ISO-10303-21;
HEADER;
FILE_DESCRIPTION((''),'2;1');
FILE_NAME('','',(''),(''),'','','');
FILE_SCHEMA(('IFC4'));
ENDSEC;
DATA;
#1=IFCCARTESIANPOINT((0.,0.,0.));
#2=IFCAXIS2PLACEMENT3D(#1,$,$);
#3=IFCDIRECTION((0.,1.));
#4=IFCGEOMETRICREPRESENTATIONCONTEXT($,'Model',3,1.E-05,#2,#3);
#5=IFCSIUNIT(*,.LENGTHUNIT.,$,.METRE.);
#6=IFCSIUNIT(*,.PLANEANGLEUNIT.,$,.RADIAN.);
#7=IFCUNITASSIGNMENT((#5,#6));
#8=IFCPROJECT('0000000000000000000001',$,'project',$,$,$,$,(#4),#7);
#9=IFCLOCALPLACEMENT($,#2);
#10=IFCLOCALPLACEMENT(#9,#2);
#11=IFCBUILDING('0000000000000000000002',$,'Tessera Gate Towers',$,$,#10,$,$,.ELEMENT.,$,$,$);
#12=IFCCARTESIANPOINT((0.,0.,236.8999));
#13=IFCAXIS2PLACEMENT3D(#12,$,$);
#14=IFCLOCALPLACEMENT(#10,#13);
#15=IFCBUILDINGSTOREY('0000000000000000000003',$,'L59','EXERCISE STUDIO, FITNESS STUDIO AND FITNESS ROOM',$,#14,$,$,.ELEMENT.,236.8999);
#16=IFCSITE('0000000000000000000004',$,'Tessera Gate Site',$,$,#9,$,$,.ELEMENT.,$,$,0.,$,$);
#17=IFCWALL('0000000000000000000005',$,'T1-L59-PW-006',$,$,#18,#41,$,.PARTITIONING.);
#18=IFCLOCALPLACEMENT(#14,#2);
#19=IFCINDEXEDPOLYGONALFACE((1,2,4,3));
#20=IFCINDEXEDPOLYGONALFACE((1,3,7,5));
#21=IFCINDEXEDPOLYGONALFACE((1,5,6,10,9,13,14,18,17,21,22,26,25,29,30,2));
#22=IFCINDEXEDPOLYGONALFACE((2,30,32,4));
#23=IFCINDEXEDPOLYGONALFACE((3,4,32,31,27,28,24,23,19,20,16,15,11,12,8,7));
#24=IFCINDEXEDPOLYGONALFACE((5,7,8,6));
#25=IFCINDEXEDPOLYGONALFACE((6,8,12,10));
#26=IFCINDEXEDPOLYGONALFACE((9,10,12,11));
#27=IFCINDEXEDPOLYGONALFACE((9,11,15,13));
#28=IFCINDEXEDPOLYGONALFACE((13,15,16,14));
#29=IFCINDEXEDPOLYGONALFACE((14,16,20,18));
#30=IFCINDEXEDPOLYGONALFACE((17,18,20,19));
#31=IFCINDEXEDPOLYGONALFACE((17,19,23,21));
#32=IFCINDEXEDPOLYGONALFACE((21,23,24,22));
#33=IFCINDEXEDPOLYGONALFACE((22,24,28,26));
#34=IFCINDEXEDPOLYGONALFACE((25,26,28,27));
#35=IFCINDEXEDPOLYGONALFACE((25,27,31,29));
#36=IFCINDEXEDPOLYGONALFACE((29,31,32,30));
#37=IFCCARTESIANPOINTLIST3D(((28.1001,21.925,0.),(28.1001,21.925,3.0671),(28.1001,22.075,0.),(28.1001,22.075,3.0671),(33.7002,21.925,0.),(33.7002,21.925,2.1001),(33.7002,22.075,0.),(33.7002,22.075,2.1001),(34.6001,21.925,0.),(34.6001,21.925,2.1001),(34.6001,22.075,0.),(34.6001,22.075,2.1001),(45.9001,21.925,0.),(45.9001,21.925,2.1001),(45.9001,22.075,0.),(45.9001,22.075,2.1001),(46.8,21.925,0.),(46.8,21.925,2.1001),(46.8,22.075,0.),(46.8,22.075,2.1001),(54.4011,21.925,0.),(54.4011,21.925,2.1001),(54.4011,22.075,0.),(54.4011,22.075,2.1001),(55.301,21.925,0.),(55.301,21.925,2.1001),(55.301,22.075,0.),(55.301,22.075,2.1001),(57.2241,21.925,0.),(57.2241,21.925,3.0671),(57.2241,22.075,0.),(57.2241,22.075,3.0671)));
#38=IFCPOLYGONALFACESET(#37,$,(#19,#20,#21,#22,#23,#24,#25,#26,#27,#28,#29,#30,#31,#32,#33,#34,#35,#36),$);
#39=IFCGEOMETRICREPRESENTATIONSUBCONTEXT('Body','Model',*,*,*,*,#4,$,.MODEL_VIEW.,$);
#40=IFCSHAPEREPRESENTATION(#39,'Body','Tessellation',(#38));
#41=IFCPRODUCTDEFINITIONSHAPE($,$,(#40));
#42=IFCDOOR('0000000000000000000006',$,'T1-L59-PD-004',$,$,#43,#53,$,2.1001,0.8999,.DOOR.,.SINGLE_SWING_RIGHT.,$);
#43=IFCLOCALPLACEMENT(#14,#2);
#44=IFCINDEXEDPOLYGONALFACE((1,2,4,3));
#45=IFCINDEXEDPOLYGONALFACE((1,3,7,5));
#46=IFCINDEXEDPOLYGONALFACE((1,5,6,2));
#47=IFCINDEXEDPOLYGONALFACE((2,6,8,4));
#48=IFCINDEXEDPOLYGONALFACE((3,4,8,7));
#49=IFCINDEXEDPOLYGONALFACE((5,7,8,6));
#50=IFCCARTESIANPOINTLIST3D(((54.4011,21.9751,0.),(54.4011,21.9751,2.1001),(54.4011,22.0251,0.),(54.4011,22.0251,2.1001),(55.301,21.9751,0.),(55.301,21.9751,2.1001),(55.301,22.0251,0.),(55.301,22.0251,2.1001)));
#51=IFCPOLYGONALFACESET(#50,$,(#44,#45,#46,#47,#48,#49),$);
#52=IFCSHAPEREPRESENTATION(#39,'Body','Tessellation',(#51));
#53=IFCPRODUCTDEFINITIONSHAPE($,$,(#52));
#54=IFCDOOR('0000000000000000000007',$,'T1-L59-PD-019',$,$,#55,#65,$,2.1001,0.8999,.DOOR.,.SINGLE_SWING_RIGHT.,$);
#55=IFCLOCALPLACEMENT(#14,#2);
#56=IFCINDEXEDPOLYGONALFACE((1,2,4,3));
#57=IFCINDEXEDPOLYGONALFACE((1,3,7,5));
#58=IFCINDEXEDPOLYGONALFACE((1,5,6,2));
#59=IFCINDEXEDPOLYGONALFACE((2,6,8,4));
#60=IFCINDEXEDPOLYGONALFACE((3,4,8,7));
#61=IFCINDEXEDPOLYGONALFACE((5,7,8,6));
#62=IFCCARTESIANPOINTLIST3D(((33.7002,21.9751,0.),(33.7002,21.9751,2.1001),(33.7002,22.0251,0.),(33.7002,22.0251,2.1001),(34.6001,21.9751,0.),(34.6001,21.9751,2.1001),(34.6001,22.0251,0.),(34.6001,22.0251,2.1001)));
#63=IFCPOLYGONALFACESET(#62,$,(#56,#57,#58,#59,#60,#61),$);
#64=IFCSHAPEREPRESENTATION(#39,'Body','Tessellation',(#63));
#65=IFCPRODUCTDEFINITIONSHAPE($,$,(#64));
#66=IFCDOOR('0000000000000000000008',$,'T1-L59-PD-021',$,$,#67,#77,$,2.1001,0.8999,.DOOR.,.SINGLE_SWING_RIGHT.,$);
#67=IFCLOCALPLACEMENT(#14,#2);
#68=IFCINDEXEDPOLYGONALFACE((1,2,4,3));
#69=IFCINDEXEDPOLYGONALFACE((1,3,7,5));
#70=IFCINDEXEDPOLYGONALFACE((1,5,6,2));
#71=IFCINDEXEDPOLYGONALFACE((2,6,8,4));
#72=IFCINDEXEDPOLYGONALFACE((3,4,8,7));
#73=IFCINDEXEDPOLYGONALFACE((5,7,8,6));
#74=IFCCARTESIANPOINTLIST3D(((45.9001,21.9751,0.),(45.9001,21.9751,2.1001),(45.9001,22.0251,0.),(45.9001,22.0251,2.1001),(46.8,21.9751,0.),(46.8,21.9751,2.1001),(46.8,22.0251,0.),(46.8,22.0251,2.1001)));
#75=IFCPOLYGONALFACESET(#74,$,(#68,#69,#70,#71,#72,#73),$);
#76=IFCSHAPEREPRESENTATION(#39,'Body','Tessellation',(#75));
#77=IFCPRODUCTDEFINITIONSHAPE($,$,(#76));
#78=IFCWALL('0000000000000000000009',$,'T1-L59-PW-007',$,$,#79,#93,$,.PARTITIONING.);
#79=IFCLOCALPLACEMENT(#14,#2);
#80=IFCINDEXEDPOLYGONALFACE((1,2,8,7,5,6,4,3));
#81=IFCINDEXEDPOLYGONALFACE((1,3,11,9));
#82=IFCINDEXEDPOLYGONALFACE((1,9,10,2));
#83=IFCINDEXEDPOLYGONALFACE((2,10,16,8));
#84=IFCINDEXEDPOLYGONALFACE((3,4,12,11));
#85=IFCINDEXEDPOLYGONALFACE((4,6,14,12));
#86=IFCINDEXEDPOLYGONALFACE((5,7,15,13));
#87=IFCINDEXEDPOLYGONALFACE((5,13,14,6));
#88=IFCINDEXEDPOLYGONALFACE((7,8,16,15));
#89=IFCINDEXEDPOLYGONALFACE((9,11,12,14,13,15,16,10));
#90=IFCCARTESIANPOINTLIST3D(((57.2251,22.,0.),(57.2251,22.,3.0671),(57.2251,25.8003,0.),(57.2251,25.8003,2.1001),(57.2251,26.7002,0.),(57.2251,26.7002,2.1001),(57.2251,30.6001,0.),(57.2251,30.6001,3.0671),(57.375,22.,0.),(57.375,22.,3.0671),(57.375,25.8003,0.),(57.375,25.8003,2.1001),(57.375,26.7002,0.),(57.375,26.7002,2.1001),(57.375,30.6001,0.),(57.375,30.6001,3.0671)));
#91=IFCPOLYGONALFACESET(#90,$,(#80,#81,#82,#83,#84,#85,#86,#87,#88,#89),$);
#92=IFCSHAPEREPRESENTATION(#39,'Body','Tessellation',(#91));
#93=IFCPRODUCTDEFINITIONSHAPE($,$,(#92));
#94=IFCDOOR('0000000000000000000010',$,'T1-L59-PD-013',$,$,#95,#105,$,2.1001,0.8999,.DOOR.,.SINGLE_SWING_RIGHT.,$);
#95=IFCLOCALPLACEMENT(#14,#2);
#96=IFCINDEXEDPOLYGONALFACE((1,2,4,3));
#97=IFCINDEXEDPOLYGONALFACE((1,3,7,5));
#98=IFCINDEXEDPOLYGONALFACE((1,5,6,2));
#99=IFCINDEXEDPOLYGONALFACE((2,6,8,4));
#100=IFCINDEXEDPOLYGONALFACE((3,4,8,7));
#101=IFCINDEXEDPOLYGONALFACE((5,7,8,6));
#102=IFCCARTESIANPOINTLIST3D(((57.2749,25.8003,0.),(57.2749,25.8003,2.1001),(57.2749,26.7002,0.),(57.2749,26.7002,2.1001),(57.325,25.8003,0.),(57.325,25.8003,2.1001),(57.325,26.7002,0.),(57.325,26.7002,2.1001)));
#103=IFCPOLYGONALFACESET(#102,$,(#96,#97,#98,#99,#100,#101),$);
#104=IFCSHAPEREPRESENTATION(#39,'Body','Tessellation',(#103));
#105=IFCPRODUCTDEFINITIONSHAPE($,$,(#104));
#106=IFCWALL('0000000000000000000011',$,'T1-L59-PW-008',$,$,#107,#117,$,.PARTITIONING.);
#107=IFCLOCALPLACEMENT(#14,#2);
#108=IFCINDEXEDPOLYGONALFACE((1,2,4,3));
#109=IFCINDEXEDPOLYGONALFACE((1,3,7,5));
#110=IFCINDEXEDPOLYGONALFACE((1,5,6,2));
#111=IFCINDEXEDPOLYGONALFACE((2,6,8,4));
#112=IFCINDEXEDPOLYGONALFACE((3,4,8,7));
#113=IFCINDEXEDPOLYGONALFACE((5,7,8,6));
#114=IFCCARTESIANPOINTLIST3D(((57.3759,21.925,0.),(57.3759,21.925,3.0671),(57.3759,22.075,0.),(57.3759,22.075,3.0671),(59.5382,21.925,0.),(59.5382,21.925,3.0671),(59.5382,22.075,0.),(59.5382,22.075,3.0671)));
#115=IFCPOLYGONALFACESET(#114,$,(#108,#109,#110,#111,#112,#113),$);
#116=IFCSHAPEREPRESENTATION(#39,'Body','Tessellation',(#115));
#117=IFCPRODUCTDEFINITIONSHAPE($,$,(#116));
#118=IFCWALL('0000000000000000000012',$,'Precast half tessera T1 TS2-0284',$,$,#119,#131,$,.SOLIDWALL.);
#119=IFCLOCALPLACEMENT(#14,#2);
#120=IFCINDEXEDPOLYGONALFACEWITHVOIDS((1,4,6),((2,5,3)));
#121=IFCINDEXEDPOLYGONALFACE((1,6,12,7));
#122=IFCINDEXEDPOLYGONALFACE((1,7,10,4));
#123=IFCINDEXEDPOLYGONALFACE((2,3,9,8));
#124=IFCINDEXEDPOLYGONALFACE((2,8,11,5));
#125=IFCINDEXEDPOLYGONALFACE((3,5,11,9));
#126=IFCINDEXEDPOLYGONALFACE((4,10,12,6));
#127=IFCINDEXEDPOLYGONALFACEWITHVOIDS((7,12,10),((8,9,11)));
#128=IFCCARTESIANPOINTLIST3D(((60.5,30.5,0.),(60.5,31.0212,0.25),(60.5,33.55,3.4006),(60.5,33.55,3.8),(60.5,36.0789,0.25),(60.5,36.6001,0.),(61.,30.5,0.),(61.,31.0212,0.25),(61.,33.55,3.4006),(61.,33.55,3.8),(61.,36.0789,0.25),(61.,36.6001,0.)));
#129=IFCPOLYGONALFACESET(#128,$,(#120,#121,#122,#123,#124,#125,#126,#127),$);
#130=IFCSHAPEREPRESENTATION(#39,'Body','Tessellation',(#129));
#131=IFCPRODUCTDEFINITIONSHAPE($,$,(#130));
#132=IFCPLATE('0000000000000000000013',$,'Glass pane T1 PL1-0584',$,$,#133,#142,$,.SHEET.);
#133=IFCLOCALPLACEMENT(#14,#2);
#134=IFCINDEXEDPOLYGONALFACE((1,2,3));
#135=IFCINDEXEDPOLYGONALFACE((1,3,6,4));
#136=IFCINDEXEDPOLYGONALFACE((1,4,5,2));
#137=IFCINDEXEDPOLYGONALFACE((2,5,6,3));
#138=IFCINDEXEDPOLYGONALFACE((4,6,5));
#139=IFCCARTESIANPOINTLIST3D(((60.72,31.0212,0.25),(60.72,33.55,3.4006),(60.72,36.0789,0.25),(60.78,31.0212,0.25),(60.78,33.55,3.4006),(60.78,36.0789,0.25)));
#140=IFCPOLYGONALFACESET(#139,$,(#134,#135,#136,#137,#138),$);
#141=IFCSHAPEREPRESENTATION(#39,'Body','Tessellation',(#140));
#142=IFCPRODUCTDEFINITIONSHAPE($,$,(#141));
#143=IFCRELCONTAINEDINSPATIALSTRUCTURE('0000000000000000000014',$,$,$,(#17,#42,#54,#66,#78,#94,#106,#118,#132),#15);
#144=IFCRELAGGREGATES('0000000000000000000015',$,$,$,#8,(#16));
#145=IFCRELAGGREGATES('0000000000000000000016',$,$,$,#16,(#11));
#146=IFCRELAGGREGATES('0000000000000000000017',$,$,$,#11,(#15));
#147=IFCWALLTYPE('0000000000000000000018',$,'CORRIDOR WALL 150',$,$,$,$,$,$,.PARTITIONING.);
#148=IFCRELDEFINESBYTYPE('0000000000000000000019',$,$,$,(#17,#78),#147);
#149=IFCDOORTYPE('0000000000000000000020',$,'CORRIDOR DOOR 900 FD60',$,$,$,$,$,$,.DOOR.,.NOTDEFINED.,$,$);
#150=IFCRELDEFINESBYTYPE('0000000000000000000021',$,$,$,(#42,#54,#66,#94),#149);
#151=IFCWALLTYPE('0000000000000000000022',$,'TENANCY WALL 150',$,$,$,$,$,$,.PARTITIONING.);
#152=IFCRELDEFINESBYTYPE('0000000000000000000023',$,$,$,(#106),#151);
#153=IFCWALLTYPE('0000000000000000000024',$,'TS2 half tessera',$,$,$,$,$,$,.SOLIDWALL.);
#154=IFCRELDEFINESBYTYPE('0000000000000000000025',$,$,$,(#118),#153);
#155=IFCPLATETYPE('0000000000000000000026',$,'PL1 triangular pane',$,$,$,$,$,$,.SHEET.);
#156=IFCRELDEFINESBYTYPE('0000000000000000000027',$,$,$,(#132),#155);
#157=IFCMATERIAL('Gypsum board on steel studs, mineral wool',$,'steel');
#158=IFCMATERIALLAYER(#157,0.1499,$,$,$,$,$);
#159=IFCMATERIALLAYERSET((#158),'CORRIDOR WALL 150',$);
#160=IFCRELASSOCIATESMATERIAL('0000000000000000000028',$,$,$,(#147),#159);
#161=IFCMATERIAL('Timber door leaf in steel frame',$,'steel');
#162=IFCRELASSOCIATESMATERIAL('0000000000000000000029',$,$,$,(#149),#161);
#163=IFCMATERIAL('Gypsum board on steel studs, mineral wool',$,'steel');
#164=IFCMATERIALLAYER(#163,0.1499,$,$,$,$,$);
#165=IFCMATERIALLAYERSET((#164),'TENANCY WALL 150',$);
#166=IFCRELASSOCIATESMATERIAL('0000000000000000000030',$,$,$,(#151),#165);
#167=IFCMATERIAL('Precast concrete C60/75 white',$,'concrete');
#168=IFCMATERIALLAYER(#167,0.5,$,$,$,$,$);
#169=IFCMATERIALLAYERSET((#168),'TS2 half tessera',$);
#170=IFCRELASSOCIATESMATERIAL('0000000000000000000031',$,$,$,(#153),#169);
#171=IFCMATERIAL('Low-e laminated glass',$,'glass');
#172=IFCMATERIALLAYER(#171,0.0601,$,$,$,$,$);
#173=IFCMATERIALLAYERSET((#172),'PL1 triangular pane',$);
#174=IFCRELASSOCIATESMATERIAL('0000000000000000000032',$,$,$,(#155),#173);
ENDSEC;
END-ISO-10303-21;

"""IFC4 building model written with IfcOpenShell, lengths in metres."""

from ifc_helpers import new_model, si_unit, direction, frame, frame_2d, origin, place, context, subcontext, project, spatial, polyline, rectangle, outline, extrude, source, transform, mapped, material, layer, layer_set, type_object, element, fill, save


model = new_model("IFC4")

# Units and contexts
model_context = context("Model", 3, precision=1e-05, world=origin(), true_north=direction((0.0, 1.0)))
body_context = subcontext(model_context, "Body", "Model", "MODEL_VIEW")
ifc_project = project(units=[si_unit("LENGTHUNIT", "METRE"), si_unit("PLANEANGLEUNIT", "RADIAN")], contexts=[model_context])

# Site, building, storey
site_placement = place(None, origin())
site = spatial("IfcSite", under=ifc_project, at=site_placement, Name="Tessera Gate Site", CompositionType="ELEMENT", RefElevation=0.0)
building_placement = place(site_placement, origin())
building = spatial("IfcBuilding", under=site, at=building_placement, Name="Tessera Gate Towers", CompositionType="ELEMENT")
storey_placement = place(building_placement, frame((0.0, 0.0, 236.8999)))
storey = spatial("IfcBuildingStorey", under=building, at=storey_placement, Name="L59", Description="EXERCISE STUDIO, FITNESS STUDIO AND FITNESS ROOM", CompositionType="ELEMENT", Elevation=236.8999)

# Wall, openings, doors
ifc_material_1 = material(Name="Gypsum board on steel studs, mineral wool", Category="steel")
ifc_layer_1 = layer(ifc_material_1, 0.1499)
ifc_layer_set_1 = layer_set([ifc_layer_1], Name="CORRIDOR WALL 150")
wall_type_1 = type_object("IfcWallType", Name="CORRIDOR WALL 150", PredefinedType="PARTITIONING", material=ifc_layer_set_1)
wall_1_placement = place(storey_placement, frame((57.2241, 22.0, 0.0), z_axis=(0.0, 0.0, 1.0), x_axis=(-1.0, 0.0, 0.0)))
wall_1 = element("IfcWall", 1, at=wall_1_placement, inside=storey, type_object=wall_type_1, Name="T1-L59-PW-006", PredefinedType="PARTITIONING", context=body_context, shape_type="SweptSolid", body=[
    extrude(rectangle(XDim=29.124, YDim=0.1499, at=frame_2d((14.562, 0.0))), origin(), (0.0, 0.0, 1.0), 3.0671),
])
shared_shape_1 = source(origin(), body_context, "Body", "SweptSolid", [
    extrude(rectangle(XDim=0.8999, YDim=2.1001, at=frame_2d((0.45, 1.05))), frame((0.0, 0.085, 0.0), z_axis=(0.0, -1.0, 0.0), x_axis=(1.0, 0.0, 0.0)), (0.0, 0.0, 1.0), 0.1699),
])
opening_1_placement = place(wall_1_placement, frame((1.9231, 0.0, 0.0)))
opening_1 = element("IfcOpeningElement", 2, at=opening_1_placement, cuts=wall_1, PredefinedType="OPENING", context=body_context, shape_type="MappedRepresentation", body=[
    mapped(shared_shape_1, transform((0.0, 0.0, 0.0), scale=1.0)),
])
opening_2_placement = place(wall_1_placement, frame((22.624, 0.0, 0.0)))
opening_2 = element("IfcOpeningElement", 3, at=opening_2_placement, cuts=wall_1, PredefinedType="OPENING", context=body_context, shape_type="MappedRepresentation", body=[
    mapped(shared_shape_1, transform((0.0, 0.0, 0.0), scale=1.0)),
])
opening_3_placement = place(wall_1_placement, frame((10.4241, 0.0, 0.0)))
opening_3 = element("IfcOpeningElement", 4, at=opening_3_placement, cuts=wall_1, PredefinedType="OPENING", context=body_context, shape_type="MappedRepresentation", body=[
    mapped(shared_shape_1, transform((0.0, 0.0, 0.0), scale=1.0)),
])
ifc_material_2 = material(Name="Timber door leaf in steel frame", Category="steel")
door_type_1 = type_object("IfcDoorType", Name="CORRIDOR DOOR 900 FD60", OperationType="NOTDEFINED", PredefinedType="DOOR", material=ifc_material_2)
shared_shape_2 = source(origin(), body_context, "Body", "SweptSolid", [
    extrude(rectangle(XDim=0.8999, YDim=2.1001, at=frame_2d((0.45, 1.05))), frame((0.0, 0.0249, 0.0), z_axis=(0.0, -1.0, 0.0), x_axis=(1.0, 0.0, 0.0)), (0.0, 0.0, 1.0), 0.05),
])
door_1_placement = place(opening_1_placement, origin())
door_1 = element("IfcDoor", 5, at=door_1_placement, inside=storey, type_object=door_type_1, Name="T1-L59-PD-004", OperationType="SINGLE_SWING_RIGHT", OverallHeight=2.1001, OverallWidth=0.8999, PredefinedType="DOOR", context=body_context, shape_type="MappedRepresentation", body=[
    mapped(shared_shape_2, transform((0.0, 0.0, 0.0), scale=1.0)),
])
fill(opening_1, door_1)
door_2_placement = place(opening_2_placement, origin())
door_2 = element("IfcDoor", 6, at=door_2_placement, inside=storey, type_object=door_type_1, Name="T1-L59-PD-019", OperationType="SINGLE_SWING_RIGHT", OverallHeight=2.1001, OverallWidth=0.8999, PredefinedType="DOOR", context=body_context, shape_type="MappedRepresentation", body=[
    mapped(shared_shape_2, transform((0.0, 0.0, 0.0), scale=1.0)),
])
fill(opening_2, door_2)
door_3_placement = place(opening_3_placement, origin())
door_3 = element("IfcDoor", 7, at=door_3_placement, inside=storey, type_object=door_type_1, Name="T1-L59-PD-021", OperationType="SINGLE_SWING_RIGHT", OverallHeight=2.1001, OverallWidth=0.8999, PredefinedType="DOOR", context=body_context, shape_type="MappedRepresentation", body=[
    mapped(shared_shape_2, transform((0.0, 0.0, 0.0), scale=1.0)),
])
fill(opening_3, door_3)

# Wall, opening, door
wall_2_placement = place(storey_placement, frame((57.3, 30.6001, 0.0), z_axis=(0.0, 0.0, 1.0), x_axis=(0.0, -1.0, 0.0)))
wall_2 = element("IfcWall", 8, at=wall_2_placement, inside=storey, type_object=wall_type_1, Name="T1-L59-PW-007", PredefinedType="PARTITIONING", context=body_context, shape_type="SweptSolid", body=[
    extrude(rectangle(XDim=8.6001, YDim=0.1499, at=frame_2d((4.3, 0.0))), origin(), (0.0, 0.0, 1.0), 3.0671),
])
opening_4_placement = place(wall_2_placement, frame((3.8999, 0.0, 0.0)))
opening_4 = element("IfcOpeningElement", 9, at=opening_4_placement, cuts=wall_2, PredefinedType="OPENING", context=body_context, shape_type="MappedRepresentation", body=[
    mapped(shared_shape_1, transform((0.0, 0.0, 0.0), scale=1.0)),
])
door_4_placement = place(opening_4_placement, origin())
door_4 = element("IfcDoor", 10, at=door_4_placement, inside=storey, type_object=door_type_1, Name="T1-L59-PD-013", OperationType="SINGLE_SWING_RIGHT", OverallHeight=2.1001, OverallWidth=0.8999, PredefinedType="DOOR", context=body_context, shape_type="MappedRepresentation", body=[
    mapped(shared_shape_2, transform((0.0, 0.0, 0.0), scale=1.0)),
])
fill(opening_4, door_4)

# Wall
ifc_material_3 = material(Name="Gypsum board on steel studs, mineral wool", Category="steel")
ifc_layer_2 = layer(ifc_material_3, 0.1499)
ifc_layer_set_2 = layer_set([ifc_layer_2], Name="TENANCY WALL 150")
wall_type_2 = type_object("IfcWallType", Name="TENANCY WALL 150", PredefinedType="PARTITIONING", material=ifc_layer_set_2)
wall_3_placement = place(storey_placement, frame((57.376, 22.0, 0.0), z_axis=(0.0, 0.0, 1.0), x_axis=(1.0, 0.0, 0.0)))
element("IfcWall", 11, at=wall_3_placement, inside=storey, type_object=wall_type_2, Name="T1-L59-PW-008", PredefinedType="PARTITIONING", context=body_context, shape_type="SweptSolid", body=[
    extrude(rectangle(XDim=2.1624, YDim=0.1499, at=frame_2d((1.0811, 0.0))), origin(), (0.0, 0.0, 1.0), 3.0671),
])

# Wall, opening, plate
ifc_material_4 = material(Name="Precast concrete C60/75 white", Category="concrete")
ifc_layer_3 = layer(ifc_material_4, 0.5)
ifc_layer_set_3 = layer_set([ifc_layer_3], Name="TS2 half tessera")
wall_type_3 = type_object("IfcWallType", Name="TS2 half tessera", PredefinedType="SOLIDWALL", material=ifc_layer_set_3)
shared_shape_3 = source(origin(), body_context, "Body", "SweptSolid", [
    extrude(outline(polyline([(6.1001, 0.0), (3.05, 3.8), (0.0, 0.0), (6.1001, 0.0)])), frame((0.0, 0.25, 0.0), z_axis=(0.0, -1.0, 0.0), x_axis=(1.0, 0.0, 0.0)), (0.0, 0.0, 1.0), 0.5),
])
wall_4_placement = place(storey_placement, frame((60.75, 30.5, 0.0), z_axis=(0.0, 0.0, 1.0), x_axis=(0.0, 1.0, 0.0)))
wall_4 = element("IfcWall", 12, at=wall_4_placement, inside=storey, type_object=wall_type_3, Name="Precast half tessera T1 TS2-0284", PredefinedType="SOLIDWALL", context=body_context, shape_type="MappedRepresentation", body=[
    mapped(shared_shape_3, transform((0.0, 0.0, 0.0), scale=1.0)),
])
shared_shape_4 = source(origin(), body_context, "Body", "SweptSolid", [
    extrude(outline(polyline([(5.5789, 0.25), (3.05, 3.4006), (0.5212, 0.25), (5.5789, 0.25)])), frame((0.0, 0.26, 0.0), z_axis=(0.0, -1.0, 0.0), x_axis=(1.0, 0.0, 0.0)), (0.0, 0.0, 1.0), 0.52),
])
opening_5_placement = place(wall_4_placement, origin())
opening_5 = element("IfcOpeningElement", 13, at=opening_5_placement, cuts=wall_4, PredefinedType="OPENING", context=body_context, shape_type="MappedRepresentation", body=[
    mapped(shared_shape_4, transform((0.0, 0.0, 0.0), scale=1.0)),
])
ifc_material_5 = material(Name="Low-e laminated glass", Category="glass")
ifc_layer_4 = layer(ifc_material_5, 0.0601)
ifc_layer_set_4 = layer_set([ifc_layer_4], Name="PL1 triangular pane")
plate_type = type_object("IfcPlateType", Name="PL1 triangular pane", PredefinedType="SHEET", material=ifc_layer_set_4)
shared_shape_5 = source(origin(), body_context, "Body", "SweptSolid", [
    extrude(outline(polyline([(5.5789, 0.25), (3.05, 3.4006), (0.5212, 0.25), (5.5789, 0.25)])), frame((0.0, 0.03, 0.0), z_axis=(0.0, -1.0, 0.0), x_axis=(1.0, 0.0, 0.0)), (0.0, 0.0, 1.0), 0.0601),
])
plate_placement = place(opening_5_placement, origin())
plate = element("IfcPlate", 14, at=plate_placement, inside=storey, type_object=plate_type, Name="Glass pane T1 PL1-0584", PredefinedType="SHEET", context=body_context, shape_type="MappedRepresentation", body=[
    mapped(shared_shape_5, transform((0.0, 0.0, 0.0), scale=1.0)),
])
fill(opening_5, plate)

save(model, "model.ifc")
